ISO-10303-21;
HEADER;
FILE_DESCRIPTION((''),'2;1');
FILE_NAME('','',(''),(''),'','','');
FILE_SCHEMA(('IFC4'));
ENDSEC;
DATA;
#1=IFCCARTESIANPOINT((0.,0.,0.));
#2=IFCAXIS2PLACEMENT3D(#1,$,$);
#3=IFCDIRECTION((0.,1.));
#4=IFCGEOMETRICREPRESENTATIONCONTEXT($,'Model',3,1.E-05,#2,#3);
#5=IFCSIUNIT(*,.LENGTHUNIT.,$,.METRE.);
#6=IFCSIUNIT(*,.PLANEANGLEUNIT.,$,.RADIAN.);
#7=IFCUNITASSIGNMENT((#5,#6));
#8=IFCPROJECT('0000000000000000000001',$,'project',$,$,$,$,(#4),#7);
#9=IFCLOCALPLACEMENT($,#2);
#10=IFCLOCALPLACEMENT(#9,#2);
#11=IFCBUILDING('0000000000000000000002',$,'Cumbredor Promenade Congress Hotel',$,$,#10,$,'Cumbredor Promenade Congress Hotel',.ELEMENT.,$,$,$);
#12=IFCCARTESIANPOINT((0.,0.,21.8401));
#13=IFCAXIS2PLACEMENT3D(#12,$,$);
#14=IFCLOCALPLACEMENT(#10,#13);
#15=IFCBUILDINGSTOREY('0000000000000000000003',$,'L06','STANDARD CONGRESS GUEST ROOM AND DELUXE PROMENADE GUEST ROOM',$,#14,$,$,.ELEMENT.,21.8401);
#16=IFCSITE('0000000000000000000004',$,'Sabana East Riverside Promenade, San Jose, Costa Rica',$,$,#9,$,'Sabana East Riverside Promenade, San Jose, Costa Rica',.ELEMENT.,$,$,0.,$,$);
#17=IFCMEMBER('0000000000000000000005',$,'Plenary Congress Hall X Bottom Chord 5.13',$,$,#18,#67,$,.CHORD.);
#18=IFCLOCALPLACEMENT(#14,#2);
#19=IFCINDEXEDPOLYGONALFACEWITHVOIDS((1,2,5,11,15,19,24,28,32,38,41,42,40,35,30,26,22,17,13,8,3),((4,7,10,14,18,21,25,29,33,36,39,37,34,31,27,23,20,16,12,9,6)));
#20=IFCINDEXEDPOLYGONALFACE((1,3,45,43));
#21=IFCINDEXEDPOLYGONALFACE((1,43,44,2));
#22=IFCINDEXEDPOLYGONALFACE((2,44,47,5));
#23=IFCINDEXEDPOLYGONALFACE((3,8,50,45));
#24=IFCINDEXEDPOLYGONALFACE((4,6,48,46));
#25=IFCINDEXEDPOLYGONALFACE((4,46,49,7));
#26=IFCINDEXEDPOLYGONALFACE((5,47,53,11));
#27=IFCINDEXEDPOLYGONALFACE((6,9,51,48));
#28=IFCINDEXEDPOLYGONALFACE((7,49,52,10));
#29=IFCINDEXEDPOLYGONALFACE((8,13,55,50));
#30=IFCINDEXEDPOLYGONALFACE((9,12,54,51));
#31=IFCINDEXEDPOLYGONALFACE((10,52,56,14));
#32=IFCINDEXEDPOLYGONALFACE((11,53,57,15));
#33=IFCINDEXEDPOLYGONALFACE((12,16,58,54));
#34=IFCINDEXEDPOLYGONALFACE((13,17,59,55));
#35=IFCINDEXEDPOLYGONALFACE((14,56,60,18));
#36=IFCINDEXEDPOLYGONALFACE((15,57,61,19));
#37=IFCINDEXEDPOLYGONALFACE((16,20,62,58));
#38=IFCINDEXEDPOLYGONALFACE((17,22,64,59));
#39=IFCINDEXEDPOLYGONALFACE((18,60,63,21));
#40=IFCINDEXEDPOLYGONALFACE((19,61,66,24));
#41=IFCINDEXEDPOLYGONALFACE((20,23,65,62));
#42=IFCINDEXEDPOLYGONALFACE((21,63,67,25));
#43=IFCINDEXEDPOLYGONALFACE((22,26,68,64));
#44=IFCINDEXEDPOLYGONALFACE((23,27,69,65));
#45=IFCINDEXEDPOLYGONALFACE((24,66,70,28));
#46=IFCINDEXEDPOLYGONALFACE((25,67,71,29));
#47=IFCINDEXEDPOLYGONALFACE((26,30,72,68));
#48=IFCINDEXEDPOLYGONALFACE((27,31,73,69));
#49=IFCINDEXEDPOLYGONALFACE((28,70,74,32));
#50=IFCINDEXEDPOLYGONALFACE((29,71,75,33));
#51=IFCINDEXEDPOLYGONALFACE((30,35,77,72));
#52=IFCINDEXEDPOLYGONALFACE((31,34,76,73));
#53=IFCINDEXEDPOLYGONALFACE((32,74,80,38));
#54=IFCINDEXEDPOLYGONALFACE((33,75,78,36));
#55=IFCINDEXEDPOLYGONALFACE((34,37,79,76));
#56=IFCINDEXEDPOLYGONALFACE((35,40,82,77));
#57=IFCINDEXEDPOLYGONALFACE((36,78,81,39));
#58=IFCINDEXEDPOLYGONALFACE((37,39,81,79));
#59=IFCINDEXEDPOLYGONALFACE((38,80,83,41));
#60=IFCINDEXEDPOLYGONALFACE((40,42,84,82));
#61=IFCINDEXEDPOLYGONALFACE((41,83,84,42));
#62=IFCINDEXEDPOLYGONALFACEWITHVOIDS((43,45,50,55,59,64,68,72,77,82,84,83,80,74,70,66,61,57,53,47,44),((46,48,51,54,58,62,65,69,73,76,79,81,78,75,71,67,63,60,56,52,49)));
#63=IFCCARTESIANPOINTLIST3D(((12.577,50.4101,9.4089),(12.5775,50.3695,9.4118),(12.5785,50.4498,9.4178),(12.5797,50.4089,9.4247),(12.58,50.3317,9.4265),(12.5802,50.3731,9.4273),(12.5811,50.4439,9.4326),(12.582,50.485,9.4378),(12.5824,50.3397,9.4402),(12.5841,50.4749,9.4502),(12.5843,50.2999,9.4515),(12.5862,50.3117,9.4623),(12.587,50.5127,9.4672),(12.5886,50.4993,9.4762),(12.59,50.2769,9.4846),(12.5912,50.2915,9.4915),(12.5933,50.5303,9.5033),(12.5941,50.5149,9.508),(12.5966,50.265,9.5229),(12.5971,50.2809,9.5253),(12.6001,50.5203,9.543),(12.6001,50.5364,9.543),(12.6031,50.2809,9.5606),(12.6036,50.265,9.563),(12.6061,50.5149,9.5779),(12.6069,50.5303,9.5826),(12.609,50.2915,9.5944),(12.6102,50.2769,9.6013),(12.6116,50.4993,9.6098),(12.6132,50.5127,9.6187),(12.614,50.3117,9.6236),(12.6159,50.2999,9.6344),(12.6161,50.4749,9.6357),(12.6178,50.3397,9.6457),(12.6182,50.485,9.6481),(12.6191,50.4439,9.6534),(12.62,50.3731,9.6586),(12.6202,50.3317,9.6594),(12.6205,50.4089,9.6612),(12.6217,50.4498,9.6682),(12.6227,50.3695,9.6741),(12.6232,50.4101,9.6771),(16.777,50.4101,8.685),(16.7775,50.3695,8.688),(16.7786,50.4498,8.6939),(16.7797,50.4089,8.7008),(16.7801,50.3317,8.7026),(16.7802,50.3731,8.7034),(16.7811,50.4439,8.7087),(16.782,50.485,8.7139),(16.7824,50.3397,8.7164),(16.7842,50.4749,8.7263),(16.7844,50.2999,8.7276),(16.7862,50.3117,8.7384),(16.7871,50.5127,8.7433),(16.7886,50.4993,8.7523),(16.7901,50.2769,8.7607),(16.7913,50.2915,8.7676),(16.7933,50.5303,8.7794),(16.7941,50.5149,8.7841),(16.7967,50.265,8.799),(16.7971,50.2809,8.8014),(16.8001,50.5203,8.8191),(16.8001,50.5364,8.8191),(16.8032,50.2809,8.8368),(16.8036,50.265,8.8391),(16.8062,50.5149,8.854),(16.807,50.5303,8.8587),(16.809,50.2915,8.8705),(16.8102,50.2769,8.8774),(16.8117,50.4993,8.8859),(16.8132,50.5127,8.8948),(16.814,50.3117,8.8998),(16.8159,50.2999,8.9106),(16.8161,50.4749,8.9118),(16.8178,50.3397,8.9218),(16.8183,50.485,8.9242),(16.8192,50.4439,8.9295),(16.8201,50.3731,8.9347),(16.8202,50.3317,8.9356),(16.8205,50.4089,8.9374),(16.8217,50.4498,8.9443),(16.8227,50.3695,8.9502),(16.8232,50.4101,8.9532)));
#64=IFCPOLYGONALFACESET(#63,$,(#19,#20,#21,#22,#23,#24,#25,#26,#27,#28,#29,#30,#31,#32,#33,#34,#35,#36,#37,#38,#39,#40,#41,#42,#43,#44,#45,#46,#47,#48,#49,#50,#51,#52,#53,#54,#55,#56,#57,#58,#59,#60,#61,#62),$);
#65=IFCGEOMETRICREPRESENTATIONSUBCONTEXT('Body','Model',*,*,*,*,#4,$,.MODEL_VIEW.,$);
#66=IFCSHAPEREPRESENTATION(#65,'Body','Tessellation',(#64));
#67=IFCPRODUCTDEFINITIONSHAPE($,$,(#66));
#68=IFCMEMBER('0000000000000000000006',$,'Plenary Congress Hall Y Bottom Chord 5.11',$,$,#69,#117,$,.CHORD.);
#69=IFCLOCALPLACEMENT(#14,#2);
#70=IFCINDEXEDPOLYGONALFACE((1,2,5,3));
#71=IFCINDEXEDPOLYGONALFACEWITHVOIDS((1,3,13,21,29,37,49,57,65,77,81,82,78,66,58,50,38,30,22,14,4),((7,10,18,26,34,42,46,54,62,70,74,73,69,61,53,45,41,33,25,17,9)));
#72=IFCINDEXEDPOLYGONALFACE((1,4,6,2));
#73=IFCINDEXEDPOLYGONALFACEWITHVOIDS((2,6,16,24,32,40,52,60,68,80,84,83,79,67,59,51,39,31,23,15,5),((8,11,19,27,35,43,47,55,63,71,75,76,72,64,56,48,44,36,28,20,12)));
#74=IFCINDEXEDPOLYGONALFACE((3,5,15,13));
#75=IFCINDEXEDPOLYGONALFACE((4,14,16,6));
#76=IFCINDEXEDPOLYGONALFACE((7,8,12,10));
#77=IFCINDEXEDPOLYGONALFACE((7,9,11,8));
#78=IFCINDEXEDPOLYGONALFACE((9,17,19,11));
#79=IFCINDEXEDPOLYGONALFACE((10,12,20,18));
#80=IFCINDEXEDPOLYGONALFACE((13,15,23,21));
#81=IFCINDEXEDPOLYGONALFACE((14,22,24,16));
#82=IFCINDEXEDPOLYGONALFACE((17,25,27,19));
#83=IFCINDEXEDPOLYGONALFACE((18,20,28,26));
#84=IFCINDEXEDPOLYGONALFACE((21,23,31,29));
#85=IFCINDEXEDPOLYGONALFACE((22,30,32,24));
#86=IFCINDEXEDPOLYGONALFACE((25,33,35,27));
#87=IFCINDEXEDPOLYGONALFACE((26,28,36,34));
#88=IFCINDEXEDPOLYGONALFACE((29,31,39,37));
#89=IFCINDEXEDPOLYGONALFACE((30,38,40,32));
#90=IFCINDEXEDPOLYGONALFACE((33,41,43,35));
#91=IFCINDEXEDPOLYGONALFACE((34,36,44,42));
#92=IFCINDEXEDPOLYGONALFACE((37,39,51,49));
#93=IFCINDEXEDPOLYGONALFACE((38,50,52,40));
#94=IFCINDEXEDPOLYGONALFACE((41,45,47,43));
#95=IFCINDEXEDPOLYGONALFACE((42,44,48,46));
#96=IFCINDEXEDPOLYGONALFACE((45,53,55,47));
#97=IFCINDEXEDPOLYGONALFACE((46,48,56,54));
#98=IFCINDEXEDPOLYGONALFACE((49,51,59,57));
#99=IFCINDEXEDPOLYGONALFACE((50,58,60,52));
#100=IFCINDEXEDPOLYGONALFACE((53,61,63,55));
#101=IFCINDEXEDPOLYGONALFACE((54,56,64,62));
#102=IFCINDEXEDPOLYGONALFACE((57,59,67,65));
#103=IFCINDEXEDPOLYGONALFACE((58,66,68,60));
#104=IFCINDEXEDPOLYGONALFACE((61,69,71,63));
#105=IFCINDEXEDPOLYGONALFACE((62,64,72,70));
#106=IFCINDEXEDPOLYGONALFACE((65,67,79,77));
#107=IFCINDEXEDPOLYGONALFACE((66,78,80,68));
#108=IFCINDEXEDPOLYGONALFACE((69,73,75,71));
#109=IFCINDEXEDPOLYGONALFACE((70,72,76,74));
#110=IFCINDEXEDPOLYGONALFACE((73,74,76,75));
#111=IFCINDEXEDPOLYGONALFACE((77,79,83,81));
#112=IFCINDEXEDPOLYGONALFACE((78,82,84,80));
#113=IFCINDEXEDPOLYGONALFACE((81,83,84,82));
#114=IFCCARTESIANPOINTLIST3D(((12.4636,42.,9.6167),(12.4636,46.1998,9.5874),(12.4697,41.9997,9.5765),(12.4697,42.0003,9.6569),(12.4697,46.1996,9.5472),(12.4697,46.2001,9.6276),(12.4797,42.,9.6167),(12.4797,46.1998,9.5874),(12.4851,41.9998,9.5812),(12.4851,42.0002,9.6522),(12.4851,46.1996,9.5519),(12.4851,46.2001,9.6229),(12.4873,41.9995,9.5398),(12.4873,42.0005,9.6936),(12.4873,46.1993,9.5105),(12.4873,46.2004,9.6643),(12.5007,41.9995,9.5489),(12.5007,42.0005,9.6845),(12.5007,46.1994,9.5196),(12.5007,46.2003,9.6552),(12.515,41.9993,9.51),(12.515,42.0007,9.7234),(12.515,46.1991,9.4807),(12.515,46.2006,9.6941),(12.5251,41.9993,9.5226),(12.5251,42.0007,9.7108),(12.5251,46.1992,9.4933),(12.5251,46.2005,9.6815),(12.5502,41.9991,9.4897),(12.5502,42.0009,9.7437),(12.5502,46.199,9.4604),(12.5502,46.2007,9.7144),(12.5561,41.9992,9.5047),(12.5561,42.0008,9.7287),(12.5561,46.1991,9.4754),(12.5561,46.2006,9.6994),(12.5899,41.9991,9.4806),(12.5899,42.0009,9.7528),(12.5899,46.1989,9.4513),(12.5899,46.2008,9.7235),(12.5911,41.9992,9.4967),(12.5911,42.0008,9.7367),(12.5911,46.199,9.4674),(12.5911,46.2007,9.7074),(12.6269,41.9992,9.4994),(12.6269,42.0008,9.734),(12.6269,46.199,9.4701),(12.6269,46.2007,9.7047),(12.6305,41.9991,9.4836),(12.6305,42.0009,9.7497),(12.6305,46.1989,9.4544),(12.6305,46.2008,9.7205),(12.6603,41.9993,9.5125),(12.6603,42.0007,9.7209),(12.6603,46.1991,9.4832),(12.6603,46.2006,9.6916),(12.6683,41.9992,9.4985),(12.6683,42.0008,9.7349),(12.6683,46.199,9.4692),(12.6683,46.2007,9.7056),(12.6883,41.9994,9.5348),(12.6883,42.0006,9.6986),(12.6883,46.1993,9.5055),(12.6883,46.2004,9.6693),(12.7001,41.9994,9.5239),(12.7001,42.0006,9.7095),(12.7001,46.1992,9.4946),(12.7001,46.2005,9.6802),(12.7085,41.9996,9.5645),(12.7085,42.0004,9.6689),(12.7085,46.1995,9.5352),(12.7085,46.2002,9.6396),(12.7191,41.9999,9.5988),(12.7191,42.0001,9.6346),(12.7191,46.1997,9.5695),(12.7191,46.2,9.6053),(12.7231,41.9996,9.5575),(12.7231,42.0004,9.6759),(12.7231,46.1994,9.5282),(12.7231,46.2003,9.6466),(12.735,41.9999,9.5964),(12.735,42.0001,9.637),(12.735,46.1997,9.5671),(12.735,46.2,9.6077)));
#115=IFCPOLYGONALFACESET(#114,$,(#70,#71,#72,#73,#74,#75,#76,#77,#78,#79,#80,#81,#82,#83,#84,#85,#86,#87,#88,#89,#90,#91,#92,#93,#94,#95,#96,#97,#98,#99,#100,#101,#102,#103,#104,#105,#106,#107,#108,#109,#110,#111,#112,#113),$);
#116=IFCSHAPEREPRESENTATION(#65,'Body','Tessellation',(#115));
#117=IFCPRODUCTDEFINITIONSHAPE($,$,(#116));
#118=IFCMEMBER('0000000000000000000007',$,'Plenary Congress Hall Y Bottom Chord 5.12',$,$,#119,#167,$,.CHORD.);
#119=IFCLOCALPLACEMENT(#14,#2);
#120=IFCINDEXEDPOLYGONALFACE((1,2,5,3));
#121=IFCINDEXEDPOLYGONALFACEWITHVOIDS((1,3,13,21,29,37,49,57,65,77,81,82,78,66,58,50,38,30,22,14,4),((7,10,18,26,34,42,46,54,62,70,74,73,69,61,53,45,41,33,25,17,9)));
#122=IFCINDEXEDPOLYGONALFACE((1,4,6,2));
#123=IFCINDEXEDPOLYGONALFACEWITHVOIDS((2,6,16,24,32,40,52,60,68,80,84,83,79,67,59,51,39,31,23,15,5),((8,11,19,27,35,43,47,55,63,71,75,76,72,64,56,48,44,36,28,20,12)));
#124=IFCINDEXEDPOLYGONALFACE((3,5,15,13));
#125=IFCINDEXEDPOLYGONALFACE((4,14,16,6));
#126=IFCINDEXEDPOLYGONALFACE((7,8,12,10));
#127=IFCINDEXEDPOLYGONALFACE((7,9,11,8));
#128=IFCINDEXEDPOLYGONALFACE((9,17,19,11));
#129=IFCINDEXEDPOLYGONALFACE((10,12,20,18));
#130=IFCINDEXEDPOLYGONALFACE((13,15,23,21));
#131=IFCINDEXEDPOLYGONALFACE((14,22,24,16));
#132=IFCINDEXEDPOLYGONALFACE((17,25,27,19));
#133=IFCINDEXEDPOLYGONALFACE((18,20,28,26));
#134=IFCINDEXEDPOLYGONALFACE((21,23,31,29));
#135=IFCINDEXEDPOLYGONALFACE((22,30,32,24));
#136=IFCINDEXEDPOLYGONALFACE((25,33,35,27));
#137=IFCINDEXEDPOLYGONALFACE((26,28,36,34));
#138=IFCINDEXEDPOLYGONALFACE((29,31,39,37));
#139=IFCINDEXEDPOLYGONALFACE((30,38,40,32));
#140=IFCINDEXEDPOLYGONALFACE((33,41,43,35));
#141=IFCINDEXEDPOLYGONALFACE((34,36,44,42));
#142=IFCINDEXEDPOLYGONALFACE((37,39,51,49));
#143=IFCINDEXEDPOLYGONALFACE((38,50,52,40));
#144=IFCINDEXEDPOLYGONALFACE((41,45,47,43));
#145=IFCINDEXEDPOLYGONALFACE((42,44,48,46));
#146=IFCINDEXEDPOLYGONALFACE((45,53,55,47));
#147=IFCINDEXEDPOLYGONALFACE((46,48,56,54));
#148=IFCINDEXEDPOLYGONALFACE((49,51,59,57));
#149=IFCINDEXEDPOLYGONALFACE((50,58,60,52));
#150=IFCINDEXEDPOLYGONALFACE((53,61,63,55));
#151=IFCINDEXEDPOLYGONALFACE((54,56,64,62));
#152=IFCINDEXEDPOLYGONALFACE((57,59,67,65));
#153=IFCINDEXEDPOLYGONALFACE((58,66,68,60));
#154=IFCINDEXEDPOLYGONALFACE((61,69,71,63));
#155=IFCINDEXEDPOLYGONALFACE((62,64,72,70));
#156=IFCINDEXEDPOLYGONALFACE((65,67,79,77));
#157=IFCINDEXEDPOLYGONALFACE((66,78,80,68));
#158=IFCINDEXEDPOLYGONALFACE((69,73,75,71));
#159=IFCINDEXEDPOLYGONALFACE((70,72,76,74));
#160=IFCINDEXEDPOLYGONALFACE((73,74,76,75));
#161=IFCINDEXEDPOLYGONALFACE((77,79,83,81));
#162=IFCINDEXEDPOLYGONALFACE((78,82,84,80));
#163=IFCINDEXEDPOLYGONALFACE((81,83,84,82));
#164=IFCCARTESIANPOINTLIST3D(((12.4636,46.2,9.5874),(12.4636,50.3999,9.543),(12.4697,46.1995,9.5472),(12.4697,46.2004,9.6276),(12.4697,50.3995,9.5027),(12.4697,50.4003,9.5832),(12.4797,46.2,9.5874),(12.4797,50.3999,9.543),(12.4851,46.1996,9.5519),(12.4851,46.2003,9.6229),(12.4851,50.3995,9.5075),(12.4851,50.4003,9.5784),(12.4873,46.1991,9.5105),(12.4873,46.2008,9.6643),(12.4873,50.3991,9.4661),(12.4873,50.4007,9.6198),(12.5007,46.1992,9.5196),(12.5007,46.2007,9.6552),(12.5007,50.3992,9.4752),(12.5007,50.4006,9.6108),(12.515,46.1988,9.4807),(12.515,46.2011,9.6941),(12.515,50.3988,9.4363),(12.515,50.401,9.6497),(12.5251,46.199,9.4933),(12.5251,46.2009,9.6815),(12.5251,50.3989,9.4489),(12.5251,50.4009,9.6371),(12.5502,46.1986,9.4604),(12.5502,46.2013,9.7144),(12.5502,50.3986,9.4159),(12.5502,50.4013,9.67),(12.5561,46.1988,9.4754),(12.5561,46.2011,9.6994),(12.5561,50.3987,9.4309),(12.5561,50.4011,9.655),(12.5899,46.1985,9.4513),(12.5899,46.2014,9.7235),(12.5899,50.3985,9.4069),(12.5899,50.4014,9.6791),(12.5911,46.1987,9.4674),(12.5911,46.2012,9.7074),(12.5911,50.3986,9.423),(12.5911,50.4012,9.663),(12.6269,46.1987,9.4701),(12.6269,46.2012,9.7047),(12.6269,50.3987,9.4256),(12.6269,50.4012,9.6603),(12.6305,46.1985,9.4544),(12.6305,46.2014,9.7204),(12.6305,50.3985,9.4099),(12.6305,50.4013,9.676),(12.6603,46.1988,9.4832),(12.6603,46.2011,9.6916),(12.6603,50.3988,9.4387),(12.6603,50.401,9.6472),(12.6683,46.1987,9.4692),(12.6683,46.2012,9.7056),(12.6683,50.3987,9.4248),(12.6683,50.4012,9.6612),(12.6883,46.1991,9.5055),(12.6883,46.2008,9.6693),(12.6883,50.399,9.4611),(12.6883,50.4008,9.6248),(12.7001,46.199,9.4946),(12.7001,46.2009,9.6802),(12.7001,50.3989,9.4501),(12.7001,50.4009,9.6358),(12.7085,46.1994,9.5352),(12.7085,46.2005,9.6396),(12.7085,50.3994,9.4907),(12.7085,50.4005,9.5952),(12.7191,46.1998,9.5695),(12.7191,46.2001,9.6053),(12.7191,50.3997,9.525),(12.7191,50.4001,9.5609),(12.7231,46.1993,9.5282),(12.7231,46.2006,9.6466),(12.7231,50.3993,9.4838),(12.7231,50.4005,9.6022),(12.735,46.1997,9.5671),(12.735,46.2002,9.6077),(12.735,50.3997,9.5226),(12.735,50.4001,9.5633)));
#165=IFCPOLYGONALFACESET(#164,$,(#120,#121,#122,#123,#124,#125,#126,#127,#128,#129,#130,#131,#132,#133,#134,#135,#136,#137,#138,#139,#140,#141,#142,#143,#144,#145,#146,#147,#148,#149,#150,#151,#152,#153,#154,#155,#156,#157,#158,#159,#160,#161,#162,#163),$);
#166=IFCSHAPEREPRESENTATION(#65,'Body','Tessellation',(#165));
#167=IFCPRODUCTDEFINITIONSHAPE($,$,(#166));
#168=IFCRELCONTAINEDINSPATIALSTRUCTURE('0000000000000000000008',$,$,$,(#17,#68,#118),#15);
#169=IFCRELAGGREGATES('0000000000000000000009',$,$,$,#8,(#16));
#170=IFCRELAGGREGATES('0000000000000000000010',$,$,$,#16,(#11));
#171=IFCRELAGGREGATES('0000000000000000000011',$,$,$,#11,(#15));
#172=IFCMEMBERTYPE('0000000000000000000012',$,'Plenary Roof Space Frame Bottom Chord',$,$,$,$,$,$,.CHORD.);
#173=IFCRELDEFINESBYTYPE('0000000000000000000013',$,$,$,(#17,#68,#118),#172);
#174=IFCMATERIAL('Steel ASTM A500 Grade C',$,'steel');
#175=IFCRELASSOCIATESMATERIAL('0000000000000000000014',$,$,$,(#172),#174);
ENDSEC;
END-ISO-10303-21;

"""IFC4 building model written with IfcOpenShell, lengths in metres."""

from ifc_helpers import new_model, si_unit, direction, frame, origin, origin_2d, place, context, subcontext, project, spatial, hollow_circle, extrude, material, material_profile, profile_set, type_object, element, save


model = new_model("IFC4")

# Units and contexts
model_context = context("Model", 3, precision=1e-05, world=origin(), true_north=direction((0.0, 1.0)))
body_context = subcontext(model_context, "Body", "Model", "MODEL_VIEW")
ifc_project = project(units=[si_unit("LENGTHUNIT", "METRE"), si_unit("PLANEANGLEUNIT", "RADIAN")], contexts=[model_context])

# Site, building, storey
site_placement = place(None, origin())
site = spatial("IfcSite", under=ifc_project, at=site_placement, Name="Sabana East Riverside Promenade, San Jose, Costa Rica", LongName="Sabana East Riverside Promenade, San Jose, Costa Rica", CompositionType="ELEMENT", RefElevation=0.0)
building_placement = place(site_placement, origin())
building = spatial("IfcBuilding", under=site, at=building_placement, Name="Cumbredor Promenade Congress Hotel", LongName="Cumbredor Promenade Congress Hotel", CompositionType="ELEMENT")
storey_placement = place(building_placement, frame((0.0, 0.0, 21.8401)))
storey = spatial("IfcBuildingStorey", under=building, at=storey_placement, Name="L06", Description="STANDARD CONGRESS GUEST ROOM AND DELUXE PROMENADE GUEST ROOM", CompositionType="ELEMENT", Elevation=21.8401)

# Members
ifc_material_1 = material(Name="Steel ASTM A500 Grade C", Category="steel")
ifc_material_profile_1 = material_profile(ifc_material_1, hollow_circle(Radius=0.1365, WallThickness=0.0161, at=origin_2d()), Name="CHS 273.0x16")
ifc_profile_set_1 = profile_set([ifc_material_profile_1], Name="Steel ASTM A500 Grade C")
member_type_1 = type_object("IfcMemberType", Name="Plenary Roof Space Frame Bottom Chord", PredefinedType="CHORD", material=ifc_profile_set_1)
member_1_placement = place(storey_placement, frame((12.6001, 50.3999, 9.543), z_axis=(0.98547, 0.0, -0.169849), x_axis=(0.0, 1.0, 0.0)))
element("IfcMember", 1, at=member_1_placement, inside=storey, type_object=member_type_1, Name="Plenary Congress Hall X Bottom Chord 5.13", PredefinedType="CHORD", context=body_context, shape_type="SweptSolid", body=[
    extrude(hollow_circle(Radius=0.1365, WallThickness=0.0161, at=origin_2d()), origin(), (0.0, 0.0, 1.0), 4.262),
])
member_2_placement = place(storey_placement, frame((12.6001, 42.0, 9.6167), z_axis=(0.0, 0.999976, -0.006975), x_axis=(-1.0, 0.0, 0.0)))
element("IfcMember", 2, at=member_2_placement, inside=storey, type_object=member_type_1, Name="Plenary Congress Hall Y Bottom Chord 5.11", PredefinedType="CHORD", context=body_context, shape_type="SweptSolid", body=[
    extrude(hollow_circle(Radius=0.1365, WallThickness=0.0161, at=origin_2d()), origin(), (0.0, 0.0, 1.0), 4.2),
])
member_3_placement = place(storey_placement, frame((12.6001, 46.2, 9.5874), z_axis=(0.0, 0.999944, -0.010579), x_axis=(-1.0, 0.0, 0.0)))
element("IfcMember", 3, at=member_3_placement, inside=storey, type_object=member_type_1, Name="Plenary Congress Hall Y Bottom Chord 5.12", PredefinedType="CHORD", context=body_context, shape_type="SweptSolid", body=[
    extrude(hollow_circle(Radius=0.1365, WallThickness=0.0161, at=origin_2d()), origin(), (0.0, 0.0, 1.0), 4.2002),
])

save(model, "model.ifc")
